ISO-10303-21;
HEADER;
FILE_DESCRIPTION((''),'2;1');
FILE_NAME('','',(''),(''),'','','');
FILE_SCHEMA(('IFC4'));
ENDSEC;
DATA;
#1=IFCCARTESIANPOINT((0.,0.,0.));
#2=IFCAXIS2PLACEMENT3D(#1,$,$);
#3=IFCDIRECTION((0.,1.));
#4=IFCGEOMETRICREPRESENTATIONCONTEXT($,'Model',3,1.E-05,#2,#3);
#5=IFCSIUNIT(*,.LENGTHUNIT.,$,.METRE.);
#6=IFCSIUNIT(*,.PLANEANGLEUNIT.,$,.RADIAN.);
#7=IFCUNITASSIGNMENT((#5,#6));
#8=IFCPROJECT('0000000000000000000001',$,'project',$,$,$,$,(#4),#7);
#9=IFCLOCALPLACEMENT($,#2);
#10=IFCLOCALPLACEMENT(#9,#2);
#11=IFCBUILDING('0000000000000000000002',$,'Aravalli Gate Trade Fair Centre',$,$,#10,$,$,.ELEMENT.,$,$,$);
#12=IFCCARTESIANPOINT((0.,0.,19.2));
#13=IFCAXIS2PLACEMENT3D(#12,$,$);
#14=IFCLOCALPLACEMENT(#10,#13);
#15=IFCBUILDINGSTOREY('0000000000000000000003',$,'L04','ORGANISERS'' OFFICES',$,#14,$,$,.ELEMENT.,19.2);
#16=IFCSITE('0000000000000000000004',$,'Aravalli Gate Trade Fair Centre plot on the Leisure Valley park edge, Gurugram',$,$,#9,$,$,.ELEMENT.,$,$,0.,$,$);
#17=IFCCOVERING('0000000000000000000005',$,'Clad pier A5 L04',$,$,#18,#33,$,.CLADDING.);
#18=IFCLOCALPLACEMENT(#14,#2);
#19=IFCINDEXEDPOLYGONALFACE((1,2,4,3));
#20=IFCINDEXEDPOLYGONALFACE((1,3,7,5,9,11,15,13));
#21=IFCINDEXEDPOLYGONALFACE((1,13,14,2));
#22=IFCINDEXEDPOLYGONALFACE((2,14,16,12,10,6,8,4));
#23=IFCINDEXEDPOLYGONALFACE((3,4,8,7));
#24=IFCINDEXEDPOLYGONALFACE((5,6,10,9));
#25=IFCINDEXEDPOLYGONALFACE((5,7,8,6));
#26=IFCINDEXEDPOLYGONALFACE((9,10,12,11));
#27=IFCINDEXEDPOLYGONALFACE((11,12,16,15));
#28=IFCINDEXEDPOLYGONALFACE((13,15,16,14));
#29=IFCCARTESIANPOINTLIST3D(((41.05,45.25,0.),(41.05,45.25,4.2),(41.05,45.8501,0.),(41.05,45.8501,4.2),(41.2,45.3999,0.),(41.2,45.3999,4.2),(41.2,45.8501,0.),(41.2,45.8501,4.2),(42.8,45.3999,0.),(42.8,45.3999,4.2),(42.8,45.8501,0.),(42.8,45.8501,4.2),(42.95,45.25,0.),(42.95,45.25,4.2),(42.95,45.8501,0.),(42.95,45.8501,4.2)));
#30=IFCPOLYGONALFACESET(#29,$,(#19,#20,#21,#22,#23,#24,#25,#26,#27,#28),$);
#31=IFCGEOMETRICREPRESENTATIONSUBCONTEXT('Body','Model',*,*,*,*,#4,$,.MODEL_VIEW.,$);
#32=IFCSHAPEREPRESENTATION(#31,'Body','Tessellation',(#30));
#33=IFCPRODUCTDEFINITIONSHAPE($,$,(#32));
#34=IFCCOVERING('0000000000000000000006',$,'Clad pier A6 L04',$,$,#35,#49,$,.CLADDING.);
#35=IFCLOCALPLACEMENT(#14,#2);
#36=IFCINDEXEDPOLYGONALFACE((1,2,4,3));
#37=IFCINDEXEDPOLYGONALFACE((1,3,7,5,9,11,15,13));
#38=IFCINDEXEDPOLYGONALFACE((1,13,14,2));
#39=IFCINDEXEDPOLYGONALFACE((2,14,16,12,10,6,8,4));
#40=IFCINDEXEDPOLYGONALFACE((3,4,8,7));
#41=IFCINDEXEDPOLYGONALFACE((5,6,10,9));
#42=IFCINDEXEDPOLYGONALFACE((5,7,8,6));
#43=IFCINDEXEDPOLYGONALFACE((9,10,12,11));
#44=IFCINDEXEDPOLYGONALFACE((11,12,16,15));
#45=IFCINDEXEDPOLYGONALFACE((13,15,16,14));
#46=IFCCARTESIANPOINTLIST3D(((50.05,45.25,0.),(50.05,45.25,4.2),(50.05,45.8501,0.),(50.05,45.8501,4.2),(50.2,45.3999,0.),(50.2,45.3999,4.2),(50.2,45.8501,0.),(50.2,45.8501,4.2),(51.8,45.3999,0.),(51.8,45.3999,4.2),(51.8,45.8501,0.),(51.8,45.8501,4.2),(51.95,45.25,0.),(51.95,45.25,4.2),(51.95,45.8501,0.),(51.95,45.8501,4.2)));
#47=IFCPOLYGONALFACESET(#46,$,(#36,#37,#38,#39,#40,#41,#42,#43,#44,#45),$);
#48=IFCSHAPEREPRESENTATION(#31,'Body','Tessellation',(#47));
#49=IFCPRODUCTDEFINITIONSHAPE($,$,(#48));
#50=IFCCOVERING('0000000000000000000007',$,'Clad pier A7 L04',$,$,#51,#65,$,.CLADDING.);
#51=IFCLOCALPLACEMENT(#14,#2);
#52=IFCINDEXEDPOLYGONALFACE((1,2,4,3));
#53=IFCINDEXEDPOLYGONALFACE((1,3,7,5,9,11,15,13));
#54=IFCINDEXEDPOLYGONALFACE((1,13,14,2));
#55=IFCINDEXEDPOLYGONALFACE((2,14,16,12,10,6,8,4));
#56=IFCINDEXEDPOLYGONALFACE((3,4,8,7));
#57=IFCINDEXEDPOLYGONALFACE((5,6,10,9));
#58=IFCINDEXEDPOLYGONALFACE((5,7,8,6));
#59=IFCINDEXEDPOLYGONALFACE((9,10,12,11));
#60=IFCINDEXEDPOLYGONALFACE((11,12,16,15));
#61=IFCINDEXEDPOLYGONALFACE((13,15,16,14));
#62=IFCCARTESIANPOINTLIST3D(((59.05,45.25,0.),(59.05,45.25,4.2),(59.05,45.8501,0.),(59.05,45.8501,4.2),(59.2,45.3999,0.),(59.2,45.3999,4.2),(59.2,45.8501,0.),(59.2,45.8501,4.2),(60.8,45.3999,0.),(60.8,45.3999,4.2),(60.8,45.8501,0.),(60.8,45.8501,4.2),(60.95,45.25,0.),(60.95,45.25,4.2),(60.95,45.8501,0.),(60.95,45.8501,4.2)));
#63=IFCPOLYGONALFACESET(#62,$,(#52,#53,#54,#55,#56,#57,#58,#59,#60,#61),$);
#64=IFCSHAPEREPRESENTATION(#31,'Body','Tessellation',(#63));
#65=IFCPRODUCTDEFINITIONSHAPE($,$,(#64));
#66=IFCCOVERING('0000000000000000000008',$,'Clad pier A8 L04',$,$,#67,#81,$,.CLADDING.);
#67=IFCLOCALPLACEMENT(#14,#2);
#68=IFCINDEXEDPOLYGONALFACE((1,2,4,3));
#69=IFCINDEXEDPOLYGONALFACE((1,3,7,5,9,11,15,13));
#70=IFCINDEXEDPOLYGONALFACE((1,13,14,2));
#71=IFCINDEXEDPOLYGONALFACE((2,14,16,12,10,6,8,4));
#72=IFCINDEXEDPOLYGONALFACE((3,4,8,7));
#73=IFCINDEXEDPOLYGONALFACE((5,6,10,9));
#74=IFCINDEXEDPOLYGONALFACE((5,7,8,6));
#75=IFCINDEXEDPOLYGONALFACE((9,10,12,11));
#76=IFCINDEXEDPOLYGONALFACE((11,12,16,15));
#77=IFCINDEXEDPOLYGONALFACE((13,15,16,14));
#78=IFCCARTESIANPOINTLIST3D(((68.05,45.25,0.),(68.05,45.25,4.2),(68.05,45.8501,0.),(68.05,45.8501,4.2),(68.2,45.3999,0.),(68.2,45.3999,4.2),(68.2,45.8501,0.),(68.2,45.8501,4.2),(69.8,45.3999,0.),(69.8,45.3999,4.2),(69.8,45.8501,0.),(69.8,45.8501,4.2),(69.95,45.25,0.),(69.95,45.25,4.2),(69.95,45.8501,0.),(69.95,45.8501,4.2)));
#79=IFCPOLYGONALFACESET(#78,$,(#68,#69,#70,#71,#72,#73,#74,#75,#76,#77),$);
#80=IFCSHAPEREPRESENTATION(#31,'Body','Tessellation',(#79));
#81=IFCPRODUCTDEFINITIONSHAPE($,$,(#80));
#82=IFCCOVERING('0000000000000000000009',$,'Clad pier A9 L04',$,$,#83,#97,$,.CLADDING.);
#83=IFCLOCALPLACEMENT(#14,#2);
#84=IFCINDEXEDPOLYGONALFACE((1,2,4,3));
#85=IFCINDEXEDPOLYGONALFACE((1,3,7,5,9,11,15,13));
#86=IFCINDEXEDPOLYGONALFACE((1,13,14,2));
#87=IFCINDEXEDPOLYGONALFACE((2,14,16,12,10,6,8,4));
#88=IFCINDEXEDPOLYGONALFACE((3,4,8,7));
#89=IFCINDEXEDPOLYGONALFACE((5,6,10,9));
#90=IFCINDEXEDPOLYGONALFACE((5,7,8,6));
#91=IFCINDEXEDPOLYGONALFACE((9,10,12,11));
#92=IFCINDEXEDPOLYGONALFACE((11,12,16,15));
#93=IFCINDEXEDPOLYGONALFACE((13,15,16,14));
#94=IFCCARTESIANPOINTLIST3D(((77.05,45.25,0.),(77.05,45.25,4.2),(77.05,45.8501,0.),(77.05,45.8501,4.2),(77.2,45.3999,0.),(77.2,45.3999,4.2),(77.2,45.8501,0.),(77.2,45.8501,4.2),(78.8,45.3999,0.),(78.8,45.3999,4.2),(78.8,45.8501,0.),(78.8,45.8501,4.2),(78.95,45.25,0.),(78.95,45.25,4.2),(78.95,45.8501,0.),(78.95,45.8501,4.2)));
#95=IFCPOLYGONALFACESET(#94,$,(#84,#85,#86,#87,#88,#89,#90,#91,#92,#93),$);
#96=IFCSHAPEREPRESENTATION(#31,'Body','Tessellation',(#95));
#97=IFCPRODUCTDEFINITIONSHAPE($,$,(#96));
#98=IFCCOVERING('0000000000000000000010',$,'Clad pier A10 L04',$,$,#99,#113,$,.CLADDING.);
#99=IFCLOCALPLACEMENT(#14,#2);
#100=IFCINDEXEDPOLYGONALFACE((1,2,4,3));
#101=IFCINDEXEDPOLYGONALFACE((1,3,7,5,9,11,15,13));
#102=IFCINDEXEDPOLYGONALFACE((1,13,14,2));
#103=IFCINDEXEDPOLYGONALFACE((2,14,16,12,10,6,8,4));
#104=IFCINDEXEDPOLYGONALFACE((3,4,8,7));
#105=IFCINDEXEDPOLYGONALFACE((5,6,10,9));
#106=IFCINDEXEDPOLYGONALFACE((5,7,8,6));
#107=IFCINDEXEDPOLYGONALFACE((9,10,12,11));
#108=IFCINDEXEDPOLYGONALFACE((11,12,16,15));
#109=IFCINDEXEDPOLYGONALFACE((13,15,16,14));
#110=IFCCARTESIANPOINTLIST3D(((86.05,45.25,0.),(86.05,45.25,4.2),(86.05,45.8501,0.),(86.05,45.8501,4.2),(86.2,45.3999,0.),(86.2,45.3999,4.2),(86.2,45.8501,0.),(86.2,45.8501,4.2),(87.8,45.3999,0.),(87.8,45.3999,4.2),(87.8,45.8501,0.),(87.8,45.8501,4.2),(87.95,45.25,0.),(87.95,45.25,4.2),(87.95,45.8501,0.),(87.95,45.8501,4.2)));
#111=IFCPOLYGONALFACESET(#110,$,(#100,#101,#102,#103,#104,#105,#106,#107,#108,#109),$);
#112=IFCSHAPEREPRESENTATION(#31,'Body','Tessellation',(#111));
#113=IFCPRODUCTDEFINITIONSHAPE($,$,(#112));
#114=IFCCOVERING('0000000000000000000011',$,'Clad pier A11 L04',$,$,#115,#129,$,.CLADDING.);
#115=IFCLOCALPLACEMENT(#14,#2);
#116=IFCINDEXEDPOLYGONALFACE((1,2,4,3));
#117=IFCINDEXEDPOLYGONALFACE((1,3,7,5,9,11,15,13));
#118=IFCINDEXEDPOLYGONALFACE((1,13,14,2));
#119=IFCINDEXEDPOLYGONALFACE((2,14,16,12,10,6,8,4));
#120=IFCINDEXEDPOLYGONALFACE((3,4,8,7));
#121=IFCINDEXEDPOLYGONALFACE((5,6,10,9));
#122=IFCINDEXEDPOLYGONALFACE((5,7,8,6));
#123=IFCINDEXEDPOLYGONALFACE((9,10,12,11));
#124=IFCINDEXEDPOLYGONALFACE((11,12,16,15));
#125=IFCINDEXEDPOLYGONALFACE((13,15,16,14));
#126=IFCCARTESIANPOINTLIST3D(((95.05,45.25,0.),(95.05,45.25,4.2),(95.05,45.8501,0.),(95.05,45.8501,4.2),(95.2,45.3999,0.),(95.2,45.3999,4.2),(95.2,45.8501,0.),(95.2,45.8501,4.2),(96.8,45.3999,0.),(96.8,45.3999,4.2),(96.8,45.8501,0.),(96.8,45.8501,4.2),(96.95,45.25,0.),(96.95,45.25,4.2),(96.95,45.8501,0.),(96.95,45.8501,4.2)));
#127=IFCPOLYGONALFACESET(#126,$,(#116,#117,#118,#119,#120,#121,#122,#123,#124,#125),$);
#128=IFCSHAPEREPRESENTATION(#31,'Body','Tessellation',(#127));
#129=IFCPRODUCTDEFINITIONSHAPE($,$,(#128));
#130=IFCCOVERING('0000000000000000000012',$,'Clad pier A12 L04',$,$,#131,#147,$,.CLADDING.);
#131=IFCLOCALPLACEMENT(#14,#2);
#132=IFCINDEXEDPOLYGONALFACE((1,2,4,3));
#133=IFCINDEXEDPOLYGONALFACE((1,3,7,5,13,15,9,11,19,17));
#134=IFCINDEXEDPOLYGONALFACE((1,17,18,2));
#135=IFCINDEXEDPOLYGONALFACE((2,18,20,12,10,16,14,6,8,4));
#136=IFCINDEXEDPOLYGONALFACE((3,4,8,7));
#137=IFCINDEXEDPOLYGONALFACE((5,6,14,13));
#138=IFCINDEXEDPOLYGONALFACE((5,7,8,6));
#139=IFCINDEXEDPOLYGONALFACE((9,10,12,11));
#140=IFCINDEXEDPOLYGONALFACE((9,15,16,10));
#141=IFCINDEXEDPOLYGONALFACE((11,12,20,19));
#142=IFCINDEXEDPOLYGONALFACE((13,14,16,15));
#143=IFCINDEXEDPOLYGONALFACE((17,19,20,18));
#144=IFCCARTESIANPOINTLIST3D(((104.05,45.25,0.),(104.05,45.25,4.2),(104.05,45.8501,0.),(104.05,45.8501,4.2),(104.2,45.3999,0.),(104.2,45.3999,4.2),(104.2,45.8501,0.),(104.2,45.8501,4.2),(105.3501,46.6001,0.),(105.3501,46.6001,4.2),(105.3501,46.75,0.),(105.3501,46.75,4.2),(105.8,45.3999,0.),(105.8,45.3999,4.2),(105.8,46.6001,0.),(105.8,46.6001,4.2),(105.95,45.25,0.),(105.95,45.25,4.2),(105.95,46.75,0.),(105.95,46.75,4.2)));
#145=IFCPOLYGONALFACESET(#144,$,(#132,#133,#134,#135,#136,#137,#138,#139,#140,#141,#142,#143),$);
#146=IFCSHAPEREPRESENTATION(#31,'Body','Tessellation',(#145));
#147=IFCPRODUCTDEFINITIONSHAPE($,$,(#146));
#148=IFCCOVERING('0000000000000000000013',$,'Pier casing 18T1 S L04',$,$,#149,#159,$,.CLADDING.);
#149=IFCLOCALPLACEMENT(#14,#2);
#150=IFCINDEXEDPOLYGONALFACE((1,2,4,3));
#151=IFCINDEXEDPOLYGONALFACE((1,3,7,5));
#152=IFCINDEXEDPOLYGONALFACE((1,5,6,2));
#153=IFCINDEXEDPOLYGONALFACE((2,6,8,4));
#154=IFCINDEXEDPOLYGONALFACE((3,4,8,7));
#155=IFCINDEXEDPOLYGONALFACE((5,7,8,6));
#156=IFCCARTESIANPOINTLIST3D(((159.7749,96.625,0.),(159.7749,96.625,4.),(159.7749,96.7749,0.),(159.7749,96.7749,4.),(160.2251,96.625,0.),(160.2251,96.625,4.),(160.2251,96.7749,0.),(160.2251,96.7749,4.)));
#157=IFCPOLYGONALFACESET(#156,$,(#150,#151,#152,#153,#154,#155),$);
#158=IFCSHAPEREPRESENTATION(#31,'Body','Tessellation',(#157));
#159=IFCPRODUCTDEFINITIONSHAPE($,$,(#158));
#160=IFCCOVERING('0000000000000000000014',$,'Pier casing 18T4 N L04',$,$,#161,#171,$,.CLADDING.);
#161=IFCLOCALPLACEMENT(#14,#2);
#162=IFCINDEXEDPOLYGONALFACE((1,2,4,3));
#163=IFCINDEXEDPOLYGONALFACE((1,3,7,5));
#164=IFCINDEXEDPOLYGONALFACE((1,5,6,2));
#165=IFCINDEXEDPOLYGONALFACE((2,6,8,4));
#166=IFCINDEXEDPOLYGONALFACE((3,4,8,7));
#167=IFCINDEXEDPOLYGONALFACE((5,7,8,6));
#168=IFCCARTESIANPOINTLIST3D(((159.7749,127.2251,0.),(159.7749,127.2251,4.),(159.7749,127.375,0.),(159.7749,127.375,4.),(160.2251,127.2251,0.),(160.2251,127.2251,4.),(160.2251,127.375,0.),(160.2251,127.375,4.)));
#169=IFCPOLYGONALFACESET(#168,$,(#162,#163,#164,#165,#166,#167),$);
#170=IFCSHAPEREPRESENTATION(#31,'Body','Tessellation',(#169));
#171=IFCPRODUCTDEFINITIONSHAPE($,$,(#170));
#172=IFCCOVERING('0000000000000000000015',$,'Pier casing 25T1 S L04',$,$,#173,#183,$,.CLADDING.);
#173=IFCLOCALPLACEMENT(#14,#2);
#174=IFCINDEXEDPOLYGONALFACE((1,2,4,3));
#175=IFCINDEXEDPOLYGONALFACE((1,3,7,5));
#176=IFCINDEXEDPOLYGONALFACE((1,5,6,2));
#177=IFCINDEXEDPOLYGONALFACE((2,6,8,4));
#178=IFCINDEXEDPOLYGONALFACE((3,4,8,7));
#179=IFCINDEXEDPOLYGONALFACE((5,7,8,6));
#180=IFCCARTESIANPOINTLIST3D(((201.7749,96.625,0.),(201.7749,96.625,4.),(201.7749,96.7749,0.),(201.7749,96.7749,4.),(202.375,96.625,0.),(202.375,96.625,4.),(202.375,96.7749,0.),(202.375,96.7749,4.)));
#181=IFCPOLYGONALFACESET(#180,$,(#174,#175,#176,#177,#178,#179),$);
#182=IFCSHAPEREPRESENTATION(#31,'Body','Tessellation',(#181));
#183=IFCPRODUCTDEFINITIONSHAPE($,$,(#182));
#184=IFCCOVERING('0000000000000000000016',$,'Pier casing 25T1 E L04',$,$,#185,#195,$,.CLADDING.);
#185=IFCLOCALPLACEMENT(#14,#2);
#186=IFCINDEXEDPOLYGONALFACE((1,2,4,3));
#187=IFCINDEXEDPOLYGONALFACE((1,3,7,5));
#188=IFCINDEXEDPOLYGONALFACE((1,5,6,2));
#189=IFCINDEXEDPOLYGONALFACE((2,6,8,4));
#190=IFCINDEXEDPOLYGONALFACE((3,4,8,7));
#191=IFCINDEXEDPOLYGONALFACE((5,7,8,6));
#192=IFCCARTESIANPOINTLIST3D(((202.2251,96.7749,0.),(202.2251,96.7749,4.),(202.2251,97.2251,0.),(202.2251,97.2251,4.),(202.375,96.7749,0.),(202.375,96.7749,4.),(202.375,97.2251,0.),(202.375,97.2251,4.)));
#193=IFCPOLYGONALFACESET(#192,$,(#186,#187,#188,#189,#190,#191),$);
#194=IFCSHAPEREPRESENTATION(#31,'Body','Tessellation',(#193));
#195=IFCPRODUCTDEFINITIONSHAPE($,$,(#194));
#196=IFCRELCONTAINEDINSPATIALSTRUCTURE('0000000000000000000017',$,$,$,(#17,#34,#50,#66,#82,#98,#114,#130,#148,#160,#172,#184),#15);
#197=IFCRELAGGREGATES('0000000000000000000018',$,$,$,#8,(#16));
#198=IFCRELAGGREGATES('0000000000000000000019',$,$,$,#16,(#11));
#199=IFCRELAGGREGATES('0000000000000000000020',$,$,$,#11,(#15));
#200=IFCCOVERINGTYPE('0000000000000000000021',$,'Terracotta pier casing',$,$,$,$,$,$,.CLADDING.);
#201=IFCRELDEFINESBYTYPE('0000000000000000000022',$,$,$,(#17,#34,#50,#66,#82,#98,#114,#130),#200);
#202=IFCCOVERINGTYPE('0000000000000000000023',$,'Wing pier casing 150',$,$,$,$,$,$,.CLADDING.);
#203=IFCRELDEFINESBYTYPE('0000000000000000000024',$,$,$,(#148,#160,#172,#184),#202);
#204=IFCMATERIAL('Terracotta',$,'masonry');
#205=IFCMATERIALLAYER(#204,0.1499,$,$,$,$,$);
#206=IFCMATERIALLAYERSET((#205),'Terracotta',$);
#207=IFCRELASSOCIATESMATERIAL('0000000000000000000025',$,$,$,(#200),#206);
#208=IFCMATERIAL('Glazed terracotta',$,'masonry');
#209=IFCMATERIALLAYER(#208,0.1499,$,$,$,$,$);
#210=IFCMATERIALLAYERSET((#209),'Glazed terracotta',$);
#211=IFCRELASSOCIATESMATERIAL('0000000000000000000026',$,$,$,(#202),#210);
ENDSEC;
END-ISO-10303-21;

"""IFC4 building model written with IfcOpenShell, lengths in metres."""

from ifc_helpers import new_model, si_unit, direction, frame, origin, place, context, subcontext, project, spatial, polyline, outline, extrude, material, layer, layer_set, type_object, element, save


model = new_model("IFC4")

# Units and contexts
model_context = context("Model", 3, precision=1e-05, world=origin(), true_north=direction((0.0, 1.0)))
body_context = subcontext(model_context, "Body", "Model", "MODEL_VIEW")
ifc_project = project(units=[si_unit("LENGTHUNIT", "METRE"), si_unit("PLANEANGLEUNIT", "RADIAN")], contexts=[model_context])

# Site, building, storey
site_placement = place(None, origin())
site = spatial("IfcSite", under=ifc_project, at=site_placement, Name="Aravalli Gate Trade Fair Centre plot on the Leisure Valley park edge, Gurugram", CompositionType="ELEMENT", RefElevation=0.0)
building_placement = place(site_placement, origin())
building = spatial("IfcBuilding", under=site, at=building_placement, Name="Aravalli Gate Trade Fair Centre", CompositionType="ELEMENT")
storey_placement = place(building_placement, frame((0.0, 0.0, 19.2)))
storey = spatial("IfcBuildingStorey", under=building, at=storey_placement, Name="L04", Description="ORGANISERS' OFFICES", CompositionType="ELEMENT", Elevation=19.2)

# Coverings
ifc_material_1 = material(Name="Terracotta", Category="masonry")
ifc_layer_1 = layer(ifc_material_1, 0.1499)
ifc_layer_set_1 = layer_set([ifc_layer_1], Name="Terracotta")
covering_type_1 = type_object("IfcCoveringType", Name="Terracotta pier casing", PredefinedType="CLADDING", material=ifc_layer_set_1)
covering_1_placement = place(storey_placement, origin())
element("IfcCovering", 1, at=covering_1_placement, inside=storey, type_object=covering_type_1, Name="Clad pier A5 L04", PredefinedType="CLADDING", context=body_context, shape_type="SweptSolid", body=[
    extrude(outline(polyline([(41.05, 45.8501), (41.2, 45.8501), (41.2, 45.3999), (42.8, 45.3999), (42.8, 45.8501), (42.95, 45.8501), (42.95, 45.25), (41.05, 45.25), (41.05, 45.8501)])), origin(), (0.0, 0.0, 1.0), 4.2),
])
covering_2_placement = place(storey_placement, origin())
element("IfcCovering", 2, at=covering_2_placement, inside=storey, type_object=covering_type_1, Name="Clad pier A6 L04", PredefinedType="CLADDING", context=body_context, shape_type="SweptSolid", body=[
    extrude(outline(polyline([(50.05, 45.8501), (50.2, 45.8501), (50.2, 45.3999), (51.8, 45.3999), (51.8, 45.8501), (51.95, 45.8501), (51.95, 45.25), (50.05, 45.25), (50.05, 45.8501)])), origin(), (0.0, 0.0, 1.0), 4.2),
])
covering_3_placement = place(storey_placement, origin())
element("IfcCovering", 3, at=covering_3_placement, inside=storey, type_object=covering_type_1, Name="Clad pier A7 L04", PredefinedType="CLADDING", context=body_context, shape_type="SweptSolid", body=[
    extrude(outline(polyline([(59.05, 45.8501), (59.2, 45.8501), (59.2, 45.3999), (60.8, 45.3999), (60.8, 45.8501), (60.95, 45.8501), (60.95, 45.25), (59.05, 45.25), (59.05, 45.8501)])), origin(), (0.0, 0.0, 1.0), 4.2),
])
covering_4_placement = place(storey_placement, origin())
element("IfcCovering", 4, at=covering_4_placement, inside=storey, type_object=covering_type_1, Name="Clad pier A8 L04", PredefinedType="CLADDING", context=body_context, shape_type="SweptSolid", body=[
    extrude(outline(polyline([(68.05, 45.8501), (68.2, 45.8501), (68.2, 45.3999), (69.8, 45.3999), (69.8, 45.8501), (69.95, 45.8501), (69.95, 45.25), (68.05, 45.25), (68.05, 45.8501)])), origin(), (0.0, 0.0, 1.0), 4.2),
])
covering_5_placement = place(storey_placement, origin())
element("IfcCovering", 5, at=covering_5_placement, inside=storey, type_object=covering_type_1, Name="Clad pier A9 L04", PredefinedType="CLADDING", context=body_context, shape_type="SweptSolid", body=[
    extrude(outline(polyline([(77.05, 45.8501), (77.2, 45.8501), (77.2, 45.3999), (78.8, 45.3999), (78.8, 45.8501), (78.95, 45.8501), (78.95, 45.25), (77.05, 45.25), (77.05, 45.8501)])), origin(), (0.0, 0.0, 1.0), 4.2),
])
covering_6_placement = place(storey_placement, origin())
element("IfcCovering", 6, at=covering_6_placement, inside=storey, type_object=covering_type_1, Name="Clad pier A10 L04", PredefinedType="CLADDING", context=body_context, shape_type="SweptSolid", body=[
    extrude(outline(polyline([(86.05, 45.8501), (86.2, 45.8501), (86.2, 45.3999), (87.8, 45.3999), (87.8, 45.8501), (87.95, 45.8501), (87.95, 45.25), (86.05, 45.25), (86.05, 45.8501)])), origin(), (0.0, 0.0, 1.0), 4.2),
])
covering_7_placement = place(storey_placement, origin())
element("IfcCovering", 7, at=covering_7_placement, inside=storey, type_object=covering_type_1, Name="Clad pier A11 L04", PredefinedType="CLADDING", context=body_context, shape_type="SweptSolid", body=[
    extrude(outline(polyline([(95.05, 45.8501), (95.2, 45.8501), (95.2, 45.3999), (96.8, 45.3999), (96.8, 45.8501), (96.95, 45.8501), (96.95, 45.25), (95.05, 45.25), (95.05, 45.8501)])), origin(), (0.0, 0.0, 1.0), 4.2),
])
covering_8_placement = place(storey_placement, origin())
element("IfcCovering", 8, at=covering_8_placement, inside=storey, type_object=covering_type_1, Name="Clad pier A12 L04", PredefinedType="CLADDING", context=body_context, shape_type="SweptSolid", body=[
    extrude(outline(polyline([(104.05, 45.8501), (104.2, 45.8501), (104.2, 45.3999), (105.8, 45.3999), (105.8, 46.6001), (105.3501, 46.6001), (105.3501, 46.75), (105.95, 46.75), (105.95, 45.25), (104.05, 45.25), (104.05, 45.8501)])), origin(), (0.0, 0.0, 1.0), 4.2),
])
ifc_material_2 = material(Name="Glazed terracotta", Category="masonry")
ifc_layer_2 = layer(ifc_material_2, 0.1499)
ifc_layer_set_2 = layer_set([ifc_layer_2], Name="Glazed terracotta")
covering_type_2 = type_object("IfcCoveringType", Name="Wing pier casing 150", PredefinedType="CLADDING", material=ifc_layer_set_2)
covering_9_placement = place(storey_placement, origin())
element("IfcCovering", 9, at=covering_9_placement, inside=storey, type_object=covering_type_2, Name="Pier casing 18T1 S L04", PredefinedType="CLADDING", context=body_context, shape_type="SweptSolid", body=[
    extrude(outline(polyline([(159.7749, 96.625), (160.2251, 96.625), (160.2251, 96.7749), (159.7749, 96.7749), (159.7749, 96.625)])), origin(), (0.0, 0.0, 1.0), 4.0),
])
covering_10_placement = place(storey_placement, origin())
element("IfcCovering", 10, at=covering_10_placement, inside=storey, type_object=covering_type_2, Name="Pier casing 18T4 N L04", PredefinedType="CLADDING", context=body_context, shape_type="SweptSolid", body=[
    extrude(outline(polyline([(159.7749, 127.2251), (160.2251, 127.2251), (160.2251, 127.375), (159.7749, 127.375), (159.7749, 127.2251)])), origin(), (0.0, 0.0, 1.0), 4.0),
])
covering_11_placement = place(storey_placement, origin())
element("IfcCovering", 11, at=covering_11_placement, inside=storey, type_object=covering_type_2, Name="Pier casing 25T1 S L04", PredefinedType="CLADDING", context=body_context, shape_type="SweptSolid", body=[
    extrude(outline(polyline([(201.7749, 96.625), (202.375, 96.625), (202.375, 96.7749), (201.7749, 96.7749), (201.7749, 96.625)])), origin(), (0.0, 0.0, 1.0), 4.0),
])
covering_12_placement = place(storey_placement, origin())
element("IfcCovering", 12, at=covering_12_placement, inside=storey, type_object=covering_type_2, Name="Pier casing 25T1 E L04", PredefinedType="CLADDING", context=body_context, shape_type="SweptSolid", body=[
    extrude(outline(polyline([(202.2251, 96.7749), (202.375, 96.7749), (202.375, 97.2251), (202.2251, 97.2251), (202.2251, 96.7749)])), origin(), (0.0, 0.0, 1.0), 4.0),
])

save(model, "model.ifc")
